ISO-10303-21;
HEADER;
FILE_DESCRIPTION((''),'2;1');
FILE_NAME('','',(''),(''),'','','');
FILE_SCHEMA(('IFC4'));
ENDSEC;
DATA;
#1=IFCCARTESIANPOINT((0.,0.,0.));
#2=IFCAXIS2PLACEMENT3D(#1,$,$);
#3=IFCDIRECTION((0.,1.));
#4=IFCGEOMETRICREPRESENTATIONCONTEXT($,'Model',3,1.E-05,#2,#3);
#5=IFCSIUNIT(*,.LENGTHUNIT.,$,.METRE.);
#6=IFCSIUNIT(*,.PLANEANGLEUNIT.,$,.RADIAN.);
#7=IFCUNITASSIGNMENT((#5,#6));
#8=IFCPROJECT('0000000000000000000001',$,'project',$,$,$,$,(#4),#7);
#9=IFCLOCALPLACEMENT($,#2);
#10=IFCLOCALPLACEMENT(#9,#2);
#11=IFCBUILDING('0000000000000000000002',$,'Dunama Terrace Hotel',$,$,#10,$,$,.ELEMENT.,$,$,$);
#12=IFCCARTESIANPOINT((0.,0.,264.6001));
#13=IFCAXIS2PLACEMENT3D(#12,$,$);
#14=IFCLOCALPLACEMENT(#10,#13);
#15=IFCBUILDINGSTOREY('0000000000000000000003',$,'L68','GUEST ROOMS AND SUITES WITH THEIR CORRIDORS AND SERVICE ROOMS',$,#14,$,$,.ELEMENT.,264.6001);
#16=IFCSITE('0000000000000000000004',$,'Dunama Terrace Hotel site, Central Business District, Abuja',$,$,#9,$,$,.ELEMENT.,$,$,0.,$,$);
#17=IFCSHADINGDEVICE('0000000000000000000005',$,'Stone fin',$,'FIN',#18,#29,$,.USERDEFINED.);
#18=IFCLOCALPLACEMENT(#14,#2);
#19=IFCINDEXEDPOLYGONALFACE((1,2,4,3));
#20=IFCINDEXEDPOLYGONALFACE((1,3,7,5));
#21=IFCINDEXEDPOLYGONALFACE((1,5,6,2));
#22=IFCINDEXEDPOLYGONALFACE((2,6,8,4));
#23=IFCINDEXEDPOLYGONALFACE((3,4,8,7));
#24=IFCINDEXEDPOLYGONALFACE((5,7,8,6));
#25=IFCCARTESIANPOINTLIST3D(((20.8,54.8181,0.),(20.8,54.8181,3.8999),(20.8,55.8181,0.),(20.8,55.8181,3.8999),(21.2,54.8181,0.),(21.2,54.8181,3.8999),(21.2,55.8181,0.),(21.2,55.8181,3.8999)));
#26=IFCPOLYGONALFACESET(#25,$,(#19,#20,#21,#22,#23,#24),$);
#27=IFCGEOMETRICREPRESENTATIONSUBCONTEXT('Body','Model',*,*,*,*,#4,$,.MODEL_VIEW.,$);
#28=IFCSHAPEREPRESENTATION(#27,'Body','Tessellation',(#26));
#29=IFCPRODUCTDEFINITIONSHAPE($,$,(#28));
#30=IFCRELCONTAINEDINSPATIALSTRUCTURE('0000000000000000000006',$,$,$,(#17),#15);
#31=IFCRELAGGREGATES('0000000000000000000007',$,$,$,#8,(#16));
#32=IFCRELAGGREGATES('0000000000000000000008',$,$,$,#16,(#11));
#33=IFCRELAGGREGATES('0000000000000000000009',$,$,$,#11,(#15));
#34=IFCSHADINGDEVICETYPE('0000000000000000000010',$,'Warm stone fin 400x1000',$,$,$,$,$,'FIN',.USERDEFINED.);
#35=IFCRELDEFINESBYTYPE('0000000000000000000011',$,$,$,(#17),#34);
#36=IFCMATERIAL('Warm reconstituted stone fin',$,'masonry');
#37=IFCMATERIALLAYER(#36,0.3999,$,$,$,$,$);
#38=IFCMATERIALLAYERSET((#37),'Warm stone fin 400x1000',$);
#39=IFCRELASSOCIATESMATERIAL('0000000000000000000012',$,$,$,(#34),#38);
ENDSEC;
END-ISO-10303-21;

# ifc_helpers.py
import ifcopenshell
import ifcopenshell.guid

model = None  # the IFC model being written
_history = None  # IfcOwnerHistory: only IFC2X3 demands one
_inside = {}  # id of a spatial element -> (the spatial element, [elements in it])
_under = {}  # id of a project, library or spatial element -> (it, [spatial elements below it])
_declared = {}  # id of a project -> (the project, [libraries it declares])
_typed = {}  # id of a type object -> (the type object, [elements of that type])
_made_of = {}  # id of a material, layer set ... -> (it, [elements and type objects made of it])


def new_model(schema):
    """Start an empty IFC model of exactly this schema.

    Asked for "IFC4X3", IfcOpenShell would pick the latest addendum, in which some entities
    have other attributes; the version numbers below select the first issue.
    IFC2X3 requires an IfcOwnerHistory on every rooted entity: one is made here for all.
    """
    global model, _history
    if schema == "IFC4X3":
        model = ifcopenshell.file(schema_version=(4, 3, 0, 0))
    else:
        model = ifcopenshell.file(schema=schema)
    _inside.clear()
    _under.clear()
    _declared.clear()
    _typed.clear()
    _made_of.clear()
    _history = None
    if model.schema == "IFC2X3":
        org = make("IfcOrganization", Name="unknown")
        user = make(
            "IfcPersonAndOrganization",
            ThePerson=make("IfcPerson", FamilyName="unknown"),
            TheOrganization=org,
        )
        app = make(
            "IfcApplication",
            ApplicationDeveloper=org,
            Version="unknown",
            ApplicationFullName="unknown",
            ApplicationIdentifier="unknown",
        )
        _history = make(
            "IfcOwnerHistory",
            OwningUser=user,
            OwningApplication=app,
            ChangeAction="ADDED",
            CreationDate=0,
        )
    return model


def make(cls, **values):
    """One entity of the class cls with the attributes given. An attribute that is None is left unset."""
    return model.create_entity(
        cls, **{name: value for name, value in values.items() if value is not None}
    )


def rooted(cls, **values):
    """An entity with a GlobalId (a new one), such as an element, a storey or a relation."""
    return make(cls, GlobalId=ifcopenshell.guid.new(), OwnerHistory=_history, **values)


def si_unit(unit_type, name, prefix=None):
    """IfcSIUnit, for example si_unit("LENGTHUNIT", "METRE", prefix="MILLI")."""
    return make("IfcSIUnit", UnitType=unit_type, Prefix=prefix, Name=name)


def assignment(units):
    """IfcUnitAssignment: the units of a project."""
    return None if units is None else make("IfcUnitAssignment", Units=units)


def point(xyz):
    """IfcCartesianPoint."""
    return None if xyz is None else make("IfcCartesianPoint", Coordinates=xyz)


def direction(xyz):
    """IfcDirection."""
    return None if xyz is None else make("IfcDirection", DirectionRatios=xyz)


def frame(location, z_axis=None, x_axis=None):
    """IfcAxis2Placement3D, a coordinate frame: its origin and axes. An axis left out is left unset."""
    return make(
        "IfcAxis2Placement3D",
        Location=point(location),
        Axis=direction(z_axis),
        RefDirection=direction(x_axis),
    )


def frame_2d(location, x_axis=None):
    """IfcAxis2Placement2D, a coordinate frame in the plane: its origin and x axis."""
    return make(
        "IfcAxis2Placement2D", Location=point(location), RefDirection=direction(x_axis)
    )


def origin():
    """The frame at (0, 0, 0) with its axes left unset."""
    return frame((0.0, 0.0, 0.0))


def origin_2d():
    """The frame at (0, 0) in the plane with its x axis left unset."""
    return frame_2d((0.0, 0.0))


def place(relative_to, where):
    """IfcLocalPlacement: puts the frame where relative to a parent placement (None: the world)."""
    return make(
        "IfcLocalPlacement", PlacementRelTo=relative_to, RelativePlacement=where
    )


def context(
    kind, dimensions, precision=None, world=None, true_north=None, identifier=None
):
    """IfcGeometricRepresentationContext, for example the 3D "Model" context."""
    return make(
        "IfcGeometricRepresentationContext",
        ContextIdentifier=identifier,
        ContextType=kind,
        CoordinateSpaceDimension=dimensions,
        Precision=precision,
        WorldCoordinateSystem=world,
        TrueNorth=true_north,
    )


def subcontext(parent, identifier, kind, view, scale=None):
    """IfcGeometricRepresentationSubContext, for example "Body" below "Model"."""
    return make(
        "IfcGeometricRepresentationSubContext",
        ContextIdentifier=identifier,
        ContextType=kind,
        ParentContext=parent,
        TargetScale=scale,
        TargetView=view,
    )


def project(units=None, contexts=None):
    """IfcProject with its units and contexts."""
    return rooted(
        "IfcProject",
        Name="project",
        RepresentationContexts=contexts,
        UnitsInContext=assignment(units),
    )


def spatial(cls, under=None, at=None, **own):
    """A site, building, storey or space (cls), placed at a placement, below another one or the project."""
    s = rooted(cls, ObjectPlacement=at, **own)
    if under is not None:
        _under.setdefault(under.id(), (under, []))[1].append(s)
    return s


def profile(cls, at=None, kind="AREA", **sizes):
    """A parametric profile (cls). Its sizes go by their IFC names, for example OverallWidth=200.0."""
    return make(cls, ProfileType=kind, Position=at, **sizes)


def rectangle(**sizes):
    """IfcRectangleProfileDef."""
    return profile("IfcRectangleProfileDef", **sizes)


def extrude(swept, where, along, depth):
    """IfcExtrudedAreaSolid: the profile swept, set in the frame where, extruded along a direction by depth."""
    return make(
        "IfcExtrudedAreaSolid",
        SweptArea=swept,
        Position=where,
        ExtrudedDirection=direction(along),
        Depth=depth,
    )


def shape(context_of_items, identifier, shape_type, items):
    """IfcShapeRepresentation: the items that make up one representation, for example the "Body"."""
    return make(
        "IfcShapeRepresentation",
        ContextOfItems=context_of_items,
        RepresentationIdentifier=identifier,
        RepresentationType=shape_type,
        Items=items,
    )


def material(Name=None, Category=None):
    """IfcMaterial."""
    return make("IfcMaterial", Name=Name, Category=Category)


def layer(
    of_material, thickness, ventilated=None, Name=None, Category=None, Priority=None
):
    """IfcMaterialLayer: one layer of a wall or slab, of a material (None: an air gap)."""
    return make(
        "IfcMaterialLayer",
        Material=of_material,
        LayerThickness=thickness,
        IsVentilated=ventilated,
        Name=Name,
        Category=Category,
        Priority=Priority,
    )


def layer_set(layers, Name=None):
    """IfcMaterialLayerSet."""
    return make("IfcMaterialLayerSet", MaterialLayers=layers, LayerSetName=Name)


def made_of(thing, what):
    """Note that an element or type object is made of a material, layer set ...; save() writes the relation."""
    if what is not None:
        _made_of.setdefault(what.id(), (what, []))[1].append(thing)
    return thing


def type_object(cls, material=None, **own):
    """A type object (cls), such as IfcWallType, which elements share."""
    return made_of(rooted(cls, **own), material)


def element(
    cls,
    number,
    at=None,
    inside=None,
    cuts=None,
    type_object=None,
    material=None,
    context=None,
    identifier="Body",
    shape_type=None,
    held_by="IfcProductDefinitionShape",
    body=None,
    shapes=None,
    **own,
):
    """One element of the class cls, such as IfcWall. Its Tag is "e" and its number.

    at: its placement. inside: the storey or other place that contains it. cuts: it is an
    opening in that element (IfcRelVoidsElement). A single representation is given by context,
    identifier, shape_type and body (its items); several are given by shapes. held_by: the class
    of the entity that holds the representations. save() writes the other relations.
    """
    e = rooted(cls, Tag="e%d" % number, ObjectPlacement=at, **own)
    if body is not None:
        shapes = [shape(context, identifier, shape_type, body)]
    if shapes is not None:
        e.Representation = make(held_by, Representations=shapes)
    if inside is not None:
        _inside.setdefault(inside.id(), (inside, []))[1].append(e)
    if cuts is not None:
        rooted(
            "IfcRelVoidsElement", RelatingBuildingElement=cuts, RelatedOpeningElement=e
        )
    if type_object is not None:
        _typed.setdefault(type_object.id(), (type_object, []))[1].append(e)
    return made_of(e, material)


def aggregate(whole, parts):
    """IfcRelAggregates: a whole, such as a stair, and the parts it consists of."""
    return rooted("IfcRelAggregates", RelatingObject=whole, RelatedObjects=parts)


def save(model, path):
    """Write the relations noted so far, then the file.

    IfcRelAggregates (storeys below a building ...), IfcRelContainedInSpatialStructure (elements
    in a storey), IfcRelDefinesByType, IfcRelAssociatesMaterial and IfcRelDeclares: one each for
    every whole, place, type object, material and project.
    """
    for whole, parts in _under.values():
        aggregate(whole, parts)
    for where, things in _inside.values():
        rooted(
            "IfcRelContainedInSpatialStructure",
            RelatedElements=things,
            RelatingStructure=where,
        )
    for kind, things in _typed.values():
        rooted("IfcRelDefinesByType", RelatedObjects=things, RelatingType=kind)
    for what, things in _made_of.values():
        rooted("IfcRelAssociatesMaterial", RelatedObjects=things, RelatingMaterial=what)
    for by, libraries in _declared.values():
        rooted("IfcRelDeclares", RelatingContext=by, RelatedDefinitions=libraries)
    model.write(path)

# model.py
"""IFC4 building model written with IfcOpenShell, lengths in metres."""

from ifc_helpers import new_model, si_unit, direction, frame, origin, origin_2d, place, context, subcontext, project, spatial, rectangle, extrude, material, layer, layer_set, type_object, element, save


model = new_model("IFC4")

# Units and contexts
model_context = context("Model", 3, precision=1e-05, world=origin(), true_north=direction((0.0, 1.0)))
body_context = subcontext(model_context, "Body", "Model", "MODEL_VIEW")
ifc_project = project(units=[si_unit("LENGTHUNIT", "METRE"), si_unit("PLANEANGLEUNIT", "RADIAN")], contexts=[model_context])

# Site, building, storey
site_placement = place(None, origin())
site = spatial("IfcSite", under=ifc_project, at=site_placement, Name="Dunama Terrace Hotel site, Central Business District, Abuja", CompositionType="ELEMENT", RefElevation=0.0)
building_placement = place(site_placement, origin())
building = spatial("IfcBuilding", under=site, at=building_placement, Name="Dunama Terrace Hotel", CompositionType="ELEMENT")
storey_placement = place(building_placement, frame((0.0, 0.0, 264.6001)))
storey = spatial("IfcBuildingStorey", under=building, at=storey_placement, Name="L68", Description="GUEST ROOMS AND SUITES WITH THEIR CORRIDORS AND SERVICE ROOMS", CompositionType="ELEMENT", Elevation=264.6001)

# Shading device
ifc_material_1 = material(Name="Warm reconstituted stone fin", Category="masonry")
ifc_layer_1 = layer(ifc_material_1, 0.3999)
ifc_layer_set_1 = layer_set([ifc_layer_1], Name="Warm stone fin 400x1000")
shading_device_type = type_object("IfcShadingDeviceType", Name="Warm stone fin 400x1000", ElementType="FIN", PredefinedType="USERDEFINED", material=ifc_layer_set_1)
shading_device_placement = place(storey_placement, frame((21.0, 55.3181, 0.0), z_axis=(0.0, 0.0, 1.0), x_axis=(-1.0, 0.0, 0.0)))
element("IfcShadingDevice", 1, at=shading_device_placement, inside=storey, type_object=shading_device_type, Name="Stone fin", ObjectType="FIN", PredefinedType="USERDEFINED", context=body_context, shape_type="SweptSolid", body=[
    extrude(rectangle(XDim=0.3999, YDim=1.0, at=origin_2d()), origin(), (0.0, 0.0, 1.0), 3.8999),
])

save(model, "model.ifc")
